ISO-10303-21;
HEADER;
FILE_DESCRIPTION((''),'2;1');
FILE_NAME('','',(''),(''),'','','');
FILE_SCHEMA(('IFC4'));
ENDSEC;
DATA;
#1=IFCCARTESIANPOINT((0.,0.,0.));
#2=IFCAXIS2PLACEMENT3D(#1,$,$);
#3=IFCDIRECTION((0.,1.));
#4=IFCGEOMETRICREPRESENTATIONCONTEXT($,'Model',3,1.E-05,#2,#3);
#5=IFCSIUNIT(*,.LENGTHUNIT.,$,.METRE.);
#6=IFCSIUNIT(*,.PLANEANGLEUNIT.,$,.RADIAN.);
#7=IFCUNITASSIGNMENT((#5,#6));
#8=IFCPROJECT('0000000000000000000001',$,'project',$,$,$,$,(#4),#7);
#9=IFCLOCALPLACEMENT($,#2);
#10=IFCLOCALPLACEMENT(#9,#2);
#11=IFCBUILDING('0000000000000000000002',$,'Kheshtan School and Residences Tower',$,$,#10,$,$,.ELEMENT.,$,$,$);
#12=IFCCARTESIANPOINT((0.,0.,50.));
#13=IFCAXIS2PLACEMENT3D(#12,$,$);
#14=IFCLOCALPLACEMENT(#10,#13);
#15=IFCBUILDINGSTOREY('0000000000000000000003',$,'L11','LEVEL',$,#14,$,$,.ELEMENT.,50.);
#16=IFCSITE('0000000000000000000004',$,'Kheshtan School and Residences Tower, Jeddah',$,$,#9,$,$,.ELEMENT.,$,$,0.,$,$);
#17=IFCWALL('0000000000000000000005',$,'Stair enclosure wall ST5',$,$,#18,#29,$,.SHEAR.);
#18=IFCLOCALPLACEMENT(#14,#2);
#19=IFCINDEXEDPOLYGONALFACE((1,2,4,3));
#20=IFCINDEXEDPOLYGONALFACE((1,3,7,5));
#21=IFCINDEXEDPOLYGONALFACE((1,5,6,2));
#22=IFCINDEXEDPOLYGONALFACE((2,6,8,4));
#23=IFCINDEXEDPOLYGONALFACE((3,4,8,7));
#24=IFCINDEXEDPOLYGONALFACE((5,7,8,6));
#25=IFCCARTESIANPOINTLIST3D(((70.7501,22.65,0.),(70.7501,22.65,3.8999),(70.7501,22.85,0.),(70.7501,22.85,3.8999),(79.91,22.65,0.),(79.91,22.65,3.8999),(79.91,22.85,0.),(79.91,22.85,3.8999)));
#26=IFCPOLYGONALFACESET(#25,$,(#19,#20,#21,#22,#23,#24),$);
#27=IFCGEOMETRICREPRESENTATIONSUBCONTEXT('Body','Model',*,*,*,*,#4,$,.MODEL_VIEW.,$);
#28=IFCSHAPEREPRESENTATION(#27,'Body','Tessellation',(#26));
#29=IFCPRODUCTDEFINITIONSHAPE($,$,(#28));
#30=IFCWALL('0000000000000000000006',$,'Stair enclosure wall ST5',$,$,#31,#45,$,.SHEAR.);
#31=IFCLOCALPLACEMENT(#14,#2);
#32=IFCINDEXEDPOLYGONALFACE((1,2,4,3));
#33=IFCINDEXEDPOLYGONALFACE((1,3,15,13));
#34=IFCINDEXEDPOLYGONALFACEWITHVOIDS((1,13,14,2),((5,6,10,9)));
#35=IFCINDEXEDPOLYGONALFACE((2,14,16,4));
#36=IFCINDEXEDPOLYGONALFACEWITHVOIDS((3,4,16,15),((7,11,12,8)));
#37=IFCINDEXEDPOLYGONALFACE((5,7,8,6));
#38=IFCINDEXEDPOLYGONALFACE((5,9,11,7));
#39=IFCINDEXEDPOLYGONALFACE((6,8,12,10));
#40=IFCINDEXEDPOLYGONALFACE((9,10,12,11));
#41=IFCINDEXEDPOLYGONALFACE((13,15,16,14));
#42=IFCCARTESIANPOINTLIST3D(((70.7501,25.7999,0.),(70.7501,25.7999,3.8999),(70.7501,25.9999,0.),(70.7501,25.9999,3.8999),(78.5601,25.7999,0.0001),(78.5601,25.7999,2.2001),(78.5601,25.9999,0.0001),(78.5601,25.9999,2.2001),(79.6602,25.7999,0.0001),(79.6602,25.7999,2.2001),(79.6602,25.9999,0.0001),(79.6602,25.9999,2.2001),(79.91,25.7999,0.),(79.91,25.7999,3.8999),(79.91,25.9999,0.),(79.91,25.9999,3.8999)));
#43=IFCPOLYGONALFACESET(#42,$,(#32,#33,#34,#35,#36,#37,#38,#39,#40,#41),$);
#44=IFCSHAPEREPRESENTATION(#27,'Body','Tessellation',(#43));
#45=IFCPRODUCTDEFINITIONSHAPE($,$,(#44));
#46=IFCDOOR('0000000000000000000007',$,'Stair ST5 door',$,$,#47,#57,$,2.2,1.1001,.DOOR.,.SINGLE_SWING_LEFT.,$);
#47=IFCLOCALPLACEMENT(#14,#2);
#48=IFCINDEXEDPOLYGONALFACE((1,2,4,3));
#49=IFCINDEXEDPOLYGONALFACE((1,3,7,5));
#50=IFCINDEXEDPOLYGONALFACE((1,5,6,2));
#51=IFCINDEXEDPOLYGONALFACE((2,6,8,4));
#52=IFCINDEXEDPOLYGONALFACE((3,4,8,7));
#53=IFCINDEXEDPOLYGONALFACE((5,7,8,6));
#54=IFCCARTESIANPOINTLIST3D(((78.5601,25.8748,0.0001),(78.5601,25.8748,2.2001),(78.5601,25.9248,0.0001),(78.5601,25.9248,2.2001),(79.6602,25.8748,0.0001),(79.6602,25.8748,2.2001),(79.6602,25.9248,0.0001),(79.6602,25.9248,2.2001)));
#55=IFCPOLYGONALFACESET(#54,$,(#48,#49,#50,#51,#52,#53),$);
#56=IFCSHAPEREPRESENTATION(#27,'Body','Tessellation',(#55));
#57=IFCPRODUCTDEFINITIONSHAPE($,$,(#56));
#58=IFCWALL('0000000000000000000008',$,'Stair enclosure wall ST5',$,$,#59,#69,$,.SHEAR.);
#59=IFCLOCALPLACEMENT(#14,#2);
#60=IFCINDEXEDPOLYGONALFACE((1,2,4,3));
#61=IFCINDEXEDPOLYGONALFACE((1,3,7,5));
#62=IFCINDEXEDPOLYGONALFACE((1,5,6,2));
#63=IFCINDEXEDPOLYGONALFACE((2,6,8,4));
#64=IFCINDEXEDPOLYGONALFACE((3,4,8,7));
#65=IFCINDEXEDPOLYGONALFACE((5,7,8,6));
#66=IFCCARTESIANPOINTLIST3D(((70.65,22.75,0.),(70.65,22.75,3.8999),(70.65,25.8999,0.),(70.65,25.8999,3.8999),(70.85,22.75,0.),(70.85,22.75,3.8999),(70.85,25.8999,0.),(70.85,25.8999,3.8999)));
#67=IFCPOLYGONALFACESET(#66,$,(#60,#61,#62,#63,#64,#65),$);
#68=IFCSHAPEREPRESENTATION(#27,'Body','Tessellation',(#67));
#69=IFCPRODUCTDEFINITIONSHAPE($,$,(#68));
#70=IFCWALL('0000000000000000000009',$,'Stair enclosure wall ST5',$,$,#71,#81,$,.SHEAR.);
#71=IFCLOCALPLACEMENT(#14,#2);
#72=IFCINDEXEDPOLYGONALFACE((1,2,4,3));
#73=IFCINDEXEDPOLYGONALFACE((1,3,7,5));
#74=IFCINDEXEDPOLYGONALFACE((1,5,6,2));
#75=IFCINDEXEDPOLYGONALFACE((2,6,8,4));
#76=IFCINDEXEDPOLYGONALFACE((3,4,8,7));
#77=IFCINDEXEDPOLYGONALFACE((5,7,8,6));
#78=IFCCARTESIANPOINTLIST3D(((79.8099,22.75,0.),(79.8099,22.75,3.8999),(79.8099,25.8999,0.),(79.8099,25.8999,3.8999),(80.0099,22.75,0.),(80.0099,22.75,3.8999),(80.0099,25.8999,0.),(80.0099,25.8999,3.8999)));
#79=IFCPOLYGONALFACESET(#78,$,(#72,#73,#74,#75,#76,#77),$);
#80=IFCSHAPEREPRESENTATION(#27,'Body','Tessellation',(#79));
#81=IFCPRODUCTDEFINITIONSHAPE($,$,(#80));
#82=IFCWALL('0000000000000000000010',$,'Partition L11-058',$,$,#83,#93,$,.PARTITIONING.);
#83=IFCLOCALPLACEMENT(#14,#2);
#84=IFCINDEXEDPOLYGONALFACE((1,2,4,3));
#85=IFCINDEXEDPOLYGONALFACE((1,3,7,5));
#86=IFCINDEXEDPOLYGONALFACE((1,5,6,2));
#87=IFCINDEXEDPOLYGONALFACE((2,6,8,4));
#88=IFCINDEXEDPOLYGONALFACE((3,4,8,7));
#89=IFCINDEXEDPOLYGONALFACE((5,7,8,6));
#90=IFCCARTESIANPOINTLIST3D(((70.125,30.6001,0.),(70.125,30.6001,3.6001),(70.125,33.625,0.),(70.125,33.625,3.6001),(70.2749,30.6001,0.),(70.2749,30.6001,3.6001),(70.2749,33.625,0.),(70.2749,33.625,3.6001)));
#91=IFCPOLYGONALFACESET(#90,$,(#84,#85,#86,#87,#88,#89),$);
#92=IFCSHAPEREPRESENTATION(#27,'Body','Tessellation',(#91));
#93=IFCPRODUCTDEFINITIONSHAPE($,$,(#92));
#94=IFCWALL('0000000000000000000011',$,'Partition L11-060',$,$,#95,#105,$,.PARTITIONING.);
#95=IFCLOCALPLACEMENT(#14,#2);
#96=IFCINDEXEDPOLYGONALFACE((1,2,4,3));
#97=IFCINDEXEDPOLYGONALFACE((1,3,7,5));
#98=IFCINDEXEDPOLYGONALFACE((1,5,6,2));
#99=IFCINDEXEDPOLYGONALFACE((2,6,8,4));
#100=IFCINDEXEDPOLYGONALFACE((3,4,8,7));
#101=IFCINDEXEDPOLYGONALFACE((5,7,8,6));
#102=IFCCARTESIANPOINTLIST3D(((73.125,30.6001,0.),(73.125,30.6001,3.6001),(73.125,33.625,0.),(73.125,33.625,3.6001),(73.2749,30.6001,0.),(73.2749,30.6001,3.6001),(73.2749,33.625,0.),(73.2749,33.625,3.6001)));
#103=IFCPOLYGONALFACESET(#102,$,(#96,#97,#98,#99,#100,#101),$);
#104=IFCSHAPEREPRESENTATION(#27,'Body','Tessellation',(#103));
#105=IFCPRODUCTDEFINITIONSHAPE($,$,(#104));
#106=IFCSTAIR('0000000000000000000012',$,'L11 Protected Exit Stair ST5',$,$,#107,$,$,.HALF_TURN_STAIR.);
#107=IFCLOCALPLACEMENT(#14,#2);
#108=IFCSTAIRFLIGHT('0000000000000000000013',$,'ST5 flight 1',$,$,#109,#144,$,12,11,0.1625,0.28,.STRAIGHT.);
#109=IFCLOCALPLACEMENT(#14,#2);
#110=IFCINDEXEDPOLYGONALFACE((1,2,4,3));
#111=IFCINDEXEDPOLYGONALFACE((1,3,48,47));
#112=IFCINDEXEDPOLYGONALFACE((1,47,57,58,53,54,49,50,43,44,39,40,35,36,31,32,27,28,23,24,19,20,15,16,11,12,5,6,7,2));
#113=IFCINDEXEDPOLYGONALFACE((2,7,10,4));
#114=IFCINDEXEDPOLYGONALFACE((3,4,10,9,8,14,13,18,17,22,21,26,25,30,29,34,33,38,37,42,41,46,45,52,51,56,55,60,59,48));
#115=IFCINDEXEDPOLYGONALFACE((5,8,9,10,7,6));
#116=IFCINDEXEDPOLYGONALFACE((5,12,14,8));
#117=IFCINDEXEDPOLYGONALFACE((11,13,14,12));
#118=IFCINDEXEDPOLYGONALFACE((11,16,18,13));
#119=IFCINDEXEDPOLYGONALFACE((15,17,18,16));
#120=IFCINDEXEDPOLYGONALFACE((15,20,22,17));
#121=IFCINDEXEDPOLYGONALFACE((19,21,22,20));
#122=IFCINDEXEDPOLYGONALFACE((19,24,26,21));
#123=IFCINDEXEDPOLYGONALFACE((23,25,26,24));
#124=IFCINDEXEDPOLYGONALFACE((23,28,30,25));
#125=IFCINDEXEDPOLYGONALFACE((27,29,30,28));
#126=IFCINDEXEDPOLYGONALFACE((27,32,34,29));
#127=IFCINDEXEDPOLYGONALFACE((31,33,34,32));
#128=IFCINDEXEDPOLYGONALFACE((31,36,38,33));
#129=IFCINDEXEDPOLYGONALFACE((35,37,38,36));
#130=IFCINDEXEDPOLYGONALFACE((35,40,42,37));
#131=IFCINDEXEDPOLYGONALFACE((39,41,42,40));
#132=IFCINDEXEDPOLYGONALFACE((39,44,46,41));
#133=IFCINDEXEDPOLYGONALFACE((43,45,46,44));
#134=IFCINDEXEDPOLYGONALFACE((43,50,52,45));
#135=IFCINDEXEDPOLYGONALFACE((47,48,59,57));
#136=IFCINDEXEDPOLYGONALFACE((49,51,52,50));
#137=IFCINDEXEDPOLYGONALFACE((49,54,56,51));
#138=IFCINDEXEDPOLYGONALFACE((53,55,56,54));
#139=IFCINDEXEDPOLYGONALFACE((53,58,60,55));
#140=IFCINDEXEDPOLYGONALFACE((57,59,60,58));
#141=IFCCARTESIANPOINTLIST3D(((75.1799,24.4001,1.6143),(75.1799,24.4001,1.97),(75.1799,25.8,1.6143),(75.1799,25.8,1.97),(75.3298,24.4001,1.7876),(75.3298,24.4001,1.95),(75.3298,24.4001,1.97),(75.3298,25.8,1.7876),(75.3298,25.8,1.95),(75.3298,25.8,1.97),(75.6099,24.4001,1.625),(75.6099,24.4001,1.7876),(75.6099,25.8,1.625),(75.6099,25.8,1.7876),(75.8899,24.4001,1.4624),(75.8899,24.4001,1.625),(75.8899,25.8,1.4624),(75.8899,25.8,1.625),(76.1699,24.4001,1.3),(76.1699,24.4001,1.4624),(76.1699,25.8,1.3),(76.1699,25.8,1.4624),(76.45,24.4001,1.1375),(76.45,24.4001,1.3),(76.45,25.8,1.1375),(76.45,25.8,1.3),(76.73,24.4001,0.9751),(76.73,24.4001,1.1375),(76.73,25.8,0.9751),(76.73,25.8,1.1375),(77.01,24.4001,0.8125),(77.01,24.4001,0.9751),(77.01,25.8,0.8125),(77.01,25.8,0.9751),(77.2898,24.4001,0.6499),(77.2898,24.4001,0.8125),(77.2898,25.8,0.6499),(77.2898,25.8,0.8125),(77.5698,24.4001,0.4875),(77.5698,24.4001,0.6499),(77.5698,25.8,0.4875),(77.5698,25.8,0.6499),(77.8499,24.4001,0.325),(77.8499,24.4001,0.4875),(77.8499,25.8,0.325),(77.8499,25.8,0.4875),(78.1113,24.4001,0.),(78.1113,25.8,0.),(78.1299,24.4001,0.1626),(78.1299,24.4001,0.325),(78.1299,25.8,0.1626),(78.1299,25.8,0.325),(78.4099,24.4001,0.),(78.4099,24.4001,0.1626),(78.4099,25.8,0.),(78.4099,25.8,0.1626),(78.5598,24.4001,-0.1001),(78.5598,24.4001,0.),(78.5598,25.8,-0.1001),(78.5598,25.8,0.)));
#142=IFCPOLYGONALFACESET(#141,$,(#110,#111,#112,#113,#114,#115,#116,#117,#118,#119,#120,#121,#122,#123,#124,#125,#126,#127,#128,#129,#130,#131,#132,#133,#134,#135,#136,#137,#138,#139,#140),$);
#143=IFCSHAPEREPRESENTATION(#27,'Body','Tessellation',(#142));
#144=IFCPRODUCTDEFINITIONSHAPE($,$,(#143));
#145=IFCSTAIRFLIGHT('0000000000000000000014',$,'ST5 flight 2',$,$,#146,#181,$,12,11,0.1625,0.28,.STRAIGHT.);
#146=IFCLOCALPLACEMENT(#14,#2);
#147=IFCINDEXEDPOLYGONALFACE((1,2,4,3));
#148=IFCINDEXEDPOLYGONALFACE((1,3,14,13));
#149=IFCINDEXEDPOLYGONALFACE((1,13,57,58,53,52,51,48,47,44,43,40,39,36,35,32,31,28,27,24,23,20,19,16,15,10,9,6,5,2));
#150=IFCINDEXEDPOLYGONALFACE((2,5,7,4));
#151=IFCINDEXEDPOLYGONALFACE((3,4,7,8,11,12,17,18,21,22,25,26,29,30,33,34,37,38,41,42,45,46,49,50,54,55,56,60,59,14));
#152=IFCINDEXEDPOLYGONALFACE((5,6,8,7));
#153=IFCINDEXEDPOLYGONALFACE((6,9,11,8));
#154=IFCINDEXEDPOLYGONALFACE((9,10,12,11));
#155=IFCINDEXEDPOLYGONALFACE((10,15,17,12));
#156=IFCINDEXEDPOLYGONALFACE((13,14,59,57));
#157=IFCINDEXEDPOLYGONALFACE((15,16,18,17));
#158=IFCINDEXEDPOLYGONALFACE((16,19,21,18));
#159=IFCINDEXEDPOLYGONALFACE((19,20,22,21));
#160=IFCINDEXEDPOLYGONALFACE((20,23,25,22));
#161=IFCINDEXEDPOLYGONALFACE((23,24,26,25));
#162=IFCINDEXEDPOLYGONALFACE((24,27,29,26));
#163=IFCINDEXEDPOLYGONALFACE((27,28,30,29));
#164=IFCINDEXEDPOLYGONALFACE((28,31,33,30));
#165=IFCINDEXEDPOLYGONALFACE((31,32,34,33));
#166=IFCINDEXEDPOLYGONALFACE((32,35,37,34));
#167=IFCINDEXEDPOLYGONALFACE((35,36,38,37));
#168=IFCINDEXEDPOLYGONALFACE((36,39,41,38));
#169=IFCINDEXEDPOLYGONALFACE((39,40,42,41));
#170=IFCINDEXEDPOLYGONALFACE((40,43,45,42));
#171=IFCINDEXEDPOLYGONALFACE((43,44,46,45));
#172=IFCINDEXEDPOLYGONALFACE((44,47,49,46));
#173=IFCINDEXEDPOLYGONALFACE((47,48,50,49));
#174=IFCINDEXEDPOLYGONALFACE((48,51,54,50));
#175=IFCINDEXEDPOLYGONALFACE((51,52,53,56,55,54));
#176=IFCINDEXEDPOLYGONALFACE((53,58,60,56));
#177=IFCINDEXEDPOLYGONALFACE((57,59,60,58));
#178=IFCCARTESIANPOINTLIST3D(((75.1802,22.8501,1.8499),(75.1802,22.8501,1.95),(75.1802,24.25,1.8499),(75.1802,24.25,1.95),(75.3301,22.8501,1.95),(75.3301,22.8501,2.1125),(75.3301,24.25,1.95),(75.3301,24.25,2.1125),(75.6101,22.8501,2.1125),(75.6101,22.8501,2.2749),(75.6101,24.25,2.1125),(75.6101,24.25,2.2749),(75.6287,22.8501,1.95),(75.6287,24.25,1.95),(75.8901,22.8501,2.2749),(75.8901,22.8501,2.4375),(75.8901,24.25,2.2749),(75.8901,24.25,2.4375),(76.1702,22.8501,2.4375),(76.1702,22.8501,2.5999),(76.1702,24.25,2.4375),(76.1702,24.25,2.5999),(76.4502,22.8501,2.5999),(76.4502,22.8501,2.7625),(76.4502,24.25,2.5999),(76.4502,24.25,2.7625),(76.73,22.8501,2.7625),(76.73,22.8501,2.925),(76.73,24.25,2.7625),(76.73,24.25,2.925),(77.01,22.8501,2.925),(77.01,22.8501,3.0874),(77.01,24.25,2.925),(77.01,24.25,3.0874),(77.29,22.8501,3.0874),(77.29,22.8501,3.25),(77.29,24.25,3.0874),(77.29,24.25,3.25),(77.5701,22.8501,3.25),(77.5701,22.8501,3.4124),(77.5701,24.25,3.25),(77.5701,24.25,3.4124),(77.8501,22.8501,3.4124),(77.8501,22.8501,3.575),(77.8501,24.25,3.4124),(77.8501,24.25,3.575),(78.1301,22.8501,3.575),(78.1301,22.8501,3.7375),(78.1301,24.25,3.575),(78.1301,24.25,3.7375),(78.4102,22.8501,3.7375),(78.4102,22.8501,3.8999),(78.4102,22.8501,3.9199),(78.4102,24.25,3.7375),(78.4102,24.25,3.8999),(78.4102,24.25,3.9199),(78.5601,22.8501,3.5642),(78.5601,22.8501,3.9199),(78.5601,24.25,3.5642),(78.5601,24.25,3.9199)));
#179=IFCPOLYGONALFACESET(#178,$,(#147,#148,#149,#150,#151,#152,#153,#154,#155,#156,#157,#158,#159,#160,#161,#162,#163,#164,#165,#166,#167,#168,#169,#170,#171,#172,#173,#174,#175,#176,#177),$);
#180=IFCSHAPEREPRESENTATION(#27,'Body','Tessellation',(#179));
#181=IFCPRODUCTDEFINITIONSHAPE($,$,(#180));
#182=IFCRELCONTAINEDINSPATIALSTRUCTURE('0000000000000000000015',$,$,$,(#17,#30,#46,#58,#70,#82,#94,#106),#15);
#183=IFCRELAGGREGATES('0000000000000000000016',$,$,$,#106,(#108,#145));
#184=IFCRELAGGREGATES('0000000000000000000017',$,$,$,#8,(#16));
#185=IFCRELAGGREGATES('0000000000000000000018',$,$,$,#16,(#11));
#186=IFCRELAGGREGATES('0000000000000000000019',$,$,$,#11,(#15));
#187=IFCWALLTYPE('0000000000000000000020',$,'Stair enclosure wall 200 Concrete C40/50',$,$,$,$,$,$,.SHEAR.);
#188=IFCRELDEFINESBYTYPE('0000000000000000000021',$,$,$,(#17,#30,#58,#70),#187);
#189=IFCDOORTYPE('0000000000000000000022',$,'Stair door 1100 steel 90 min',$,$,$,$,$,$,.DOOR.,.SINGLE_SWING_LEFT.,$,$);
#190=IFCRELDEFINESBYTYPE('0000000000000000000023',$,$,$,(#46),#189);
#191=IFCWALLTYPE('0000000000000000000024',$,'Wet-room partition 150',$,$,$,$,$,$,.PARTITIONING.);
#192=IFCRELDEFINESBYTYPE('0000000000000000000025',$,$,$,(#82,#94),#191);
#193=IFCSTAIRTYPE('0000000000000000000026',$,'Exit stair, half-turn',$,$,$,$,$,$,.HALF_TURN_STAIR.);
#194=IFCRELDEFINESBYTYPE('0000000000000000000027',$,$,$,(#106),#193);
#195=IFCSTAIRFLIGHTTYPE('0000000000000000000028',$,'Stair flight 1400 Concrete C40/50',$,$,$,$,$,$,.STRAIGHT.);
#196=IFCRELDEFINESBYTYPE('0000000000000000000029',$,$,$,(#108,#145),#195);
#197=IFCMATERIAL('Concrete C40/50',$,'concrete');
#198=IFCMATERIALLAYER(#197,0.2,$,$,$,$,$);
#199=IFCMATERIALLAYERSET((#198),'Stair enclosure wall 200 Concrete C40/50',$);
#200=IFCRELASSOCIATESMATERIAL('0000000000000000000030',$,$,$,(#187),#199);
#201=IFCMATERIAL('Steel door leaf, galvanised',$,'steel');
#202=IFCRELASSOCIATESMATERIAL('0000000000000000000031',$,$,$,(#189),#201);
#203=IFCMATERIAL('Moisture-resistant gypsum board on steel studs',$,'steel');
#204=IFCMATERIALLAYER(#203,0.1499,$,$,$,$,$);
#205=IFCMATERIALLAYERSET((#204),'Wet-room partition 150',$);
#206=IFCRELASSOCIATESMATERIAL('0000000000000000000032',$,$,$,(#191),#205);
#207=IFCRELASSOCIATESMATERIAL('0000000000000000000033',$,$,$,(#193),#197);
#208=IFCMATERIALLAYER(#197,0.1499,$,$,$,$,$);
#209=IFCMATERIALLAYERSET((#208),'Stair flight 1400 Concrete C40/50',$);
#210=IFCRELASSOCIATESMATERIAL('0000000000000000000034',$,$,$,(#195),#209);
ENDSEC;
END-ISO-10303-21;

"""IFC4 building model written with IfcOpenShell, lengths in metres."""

from ifc_helpers import new_model, si_unit, direction, frame, frame_2d, origin, place, context, subcontext, project, spatial, polyline, rectangle, outline, extrude, source, transform, mapped, material, layer, layer_set, type_object, element, fill, aggregate, save


model = new_model("IFC4")

# Units and contexts
model_context = context("Model", 3, precision=1e-05, world=origin(), true_north=direction((0.0, 1.0)))
body_context = subcontext(model_context, "Body", "Model", "MODEL_VIEW")
ifc_project = project(units=[si_unit("LENGTHUNIT", "METRE"), si_unit("PLANEANGLEUNIT", "RADIAN")], contexts=[model_context])

# Site, building, storey
site_placement = place(None, origin())
site = spatial("IfcSite", under=ifc_project, at=site_placement, Name="Kheshtan School and Residences Tower, Jeddah", CompositionType="ELEMENT", RefElevation=0.0)
building_placement = place(site_placement, origin())
building = spatial("IfcBuilding", under=site, at=building_placement, Name="Kheshtan School and Residences Tower", CompositionType="ELEMENT")
storey_placement = place(building_placement, frame((0.0, 0.0, 50.0)))
storey = spatial("IfcBuildingStorey", under=building, at=storey_placement, Name="L11", Description="LEVEL", CompositionType="ELEMENT", Elevation=50.0)

# Shared definitions
ifc_material_1 = material(Name="Steel door leaf, galvanised", Category="steel")

# Shared definitions
ifc_material_2 = material(Name="Concrete C40/50", Category="concrete")
ifc_layer_1 = layer(ifc_material_2, 0.2)
ifc_layer_set_1 = layer_set([ifc_layer_1], Name="Stair enclosure wall 200 Concrete C40/50")
wall_type_1 = type_object("IfcWallType", Name="Stair enclosure wall 200 Concrete C40/50", PredefinedType="SHEAR", material=ifc_layer_set_1)

# Shared definitions
door_type_1 = type_object("IfcDoorType", Name="Stair door 1100 steel 90 min", OperationType="SINGLE_SWING_LEFT", PredefinedType="DOOR", material=ifc_material_1)
shared_shape_1 = source(origin(), body_context, "Body", "SweptSolid", [
    extrude(rectangle(XDim=1.1001, YDim=2.2, at=frame_2d((0.55, 1.1001))), frame((0.0, 0.0249, 0.0), z_axis=(0.0, -1.0, 0.0), x_axis=(1.0, 0.0, 0.0)), (0.0, 0.0, 1.0), 0.05),
])

# Wall
wall_1_placement = place(storey_placement, frame((70.75, 22.75, 0.0), z_axis=(0.0, 0.0, 1.0), x_axis=(1.0, 0.0, 0.0)))
element("IfcWall", 1, at=wall_1_placement, inside=storey, type_object=wall_type_1, Name="Stair enclosure wall ST5", PredefinedType="SHEAR", context=body_context, shape_type="SweptSolid", body=[
    extrude(rectangle(XDim=9.1599, YDim=0.2, at=frame_2d((4.5801, 0.0))), origin(), (0.0, 0.0, 1.0), 3.8999),
])

# Wall, opening, door
wall_2_placement = place(storey_placement, frame((70.75, 25.8999, 0.0), z_axis=(0.0, 0.0, 1.0), x_axis=(1.0, 0.0, 0.0)))
wall_2 = element("IfcWall", 2, at=wall_2_placement, inside=storey, type_object=wall_type_1, Name="Stair enclosure wall ST5", PredefinedType="SHEAR", context=body_context, shape_type="SweptSolid", body=[
    extrude(rectangle(XDim=9.1599, YDim=0.2, at=frame_2d((4.5801, 0.0))), origin(), (0.0, 0.0, 1.0), 3.8999),
])
opening_1_placement = place(wall_2_placement, frame((7.8101, 0.0, 0.0)))
opening_1 = element("IfcOpeningElement", 3, at=opening_1_placement, cuts=wall_2, PredefinedType="OPENING", context=body_context, shape_type="SweptSolid", body=[
    extrude(rectangle(XDim=1.1001, YDim=2.2, at=frame_2d((0.55, 1.1001))), frame((0.0, 0.1099, 0.0), z_axis=(0.0, -1.0, 0.0), x_axis=(1.0, 0.0, 0.0)), (0.0, 0.0, 1.0), 0.22),
])
door_1_placement = place(opening_1_placement, origin())
door_1 = element("IfcDoor", 4, at=door_1_placement, inside=storey, type_object=door_type_1, Name="Stair ST5 door", OperationType="SINGLE_SWING_LEFT", OverallHeight=2.2, OverallWidth=1.1001, PredefinedType="DOOR", context=body_context, shape_type="MappedRepresentation", body=[
    mapped(shared_shape_1, transform((0.0, 0.0, 0.0), x_axis=(1.0, 0.0, 0.0), y_axis=(0.0, 1.0, 0.0), z_axis=(0.0, 0.0, 1.0), scale=1.0)),
])
fill(opening_1, door_1)

# Walls
for number, where, z_axis, x_axis, name in (
    (5, (70.75, 22.75, 0.0), (0.0, 0.0, 1.0), (0.0, 1.0, 0.0), "Stair enclosure wall ST5"),
    (6, (79.9099, 22.75, 0.0), (0.0, 0.0, 1.0), (0.0, 1.0, 0.0), "Stair enclosure wall ST5"),
):
    element("IfcWall", number, at=place(storey_placement, frame(where, z_axis=z_axis, x_axis=x_axis)), inside=storey, type_object=wall_type_1, Name=name, PredefinedType="SHEAR", context=body_context, shape_type="SweptSolid", body=[
        extrude(rectangle(XDim=3.1499, YDim=0.2, at=frame_2d((1.575, 0.0))), origin(), (0.0, 0.0, 1.0), 3.8999),
    ])
ifc_material_3 = material(Name="Moisture-resistant gypsum board on steel studs", Category="steel")
ifc_layer_2 = layer(ifc_material_3, 0.1499)
ifc_layer_set_2 = layer_set([ifc_layer_2], Name="Wet-room partition 150")
wall_type_2 = type_object("IfcWallType", Name="Wet-room partition 150", PredefinedType="PARTITIONING", material=ifc_layer_set_2)
for number, where, z_axis, x_axis, name in (
    (7, (70.2, 30.6001, 0.0), (0.0, 0.0, 1.0), (0.0, 1.0, 0.0), "Partition L11-058"),
    (8, (73.2, 30.6001, 0.0), (0.0, 0.0, 1.0), (0.0, 1.0, 0.0), "Partition L11-060"),
):
    element("IfcWall", number, at=place(storey_placement, frame(where, z_axis=z_axis, x_axis=x_axis)), inside=storey, type_object=wall_type_2, Name=name, PredefinedType="PARTITIONING", context=body_context, shape_type="SweptSolid", body=[
        extrude(rectangle(XDim=3.0249, YDim=0.1499, at=frame_2d((1.5125, 0.0))), origin(), (0.0, 0.0, 1.0), 3.6001),
    ])

# Stair, stair flights
stair_type = type_object("IfcStairType", Name="Exit stair, half-turn", PredefinedType="HALF_TURN_STAIR", material=ifc_material_2)
stair_placement = place(storey_placement, origin())
stair = element("IfcStair", 9, at=stair_placement, inside=storey, type_object=stair_type, Name="L11 Protected Exit Stair ST5", PredefinedType="HALF_TURN_STAIR")
ifc_layer_3 = layer(ifc_material_2, 0.1499)
ifc_layer_set_3 = layer_set([ifc_layer_3], Name="Stair flight 1400 Concrete C40/50")
stair_flight_type = type_object("IfcStairFlightType", Name="Stair flight 1400 Concrete C40/50", PredefinedType="STRAIGHT", material=ifc_layer_set_3)
stair_flight_1_placement = place(storey_placement, frame((78.4099, 25.1001, 0.0), z_axis=(0.0, 0.0, 1.0), x_axis=(-1.0, 0.0, 0.0)))
stair_flight_1 = element("IfcStairFlight", 10, at=stair_flight_1_placement, type_object=stair_flight_type, Name="ST5 flight 1", NumberOfRisers=12, NumberOfTreads=11, PredefinedType="STRAIGHT", RiserHeight=0.1625, TreadLength=0.28, context=body_context, shape_type="SweptSolid", body=[
    extrude(outline(polyline([(-0.1499, -0.1001), (-0.1499, 0.0), (0.0, 0.0), (0.0, 0.1626), (0.28, 0.1626), (0.28, 0.325), (0.5601, 0.325), (0.5601, 0.4875), (0.8401, 0.4875), (0.8401, 0.6499), (1.1201, 0.6499), (1.1201, 0.8125), (1.3999, 0.8125), (1.3999, 0.9751), (1.6799, 0.9751), (1.6799, 1.1375), (1.96, 1.1375), (1.96, 1.3), (2.24, 1.3), (2.24, 1.4624), (2.52, 1.4624), (2.52, 1.625), (2.8, 1.625), (2.8, 1.7876), (3.0801, 1.7876), (3.0801, 1.95), (3.0801, 1.97), (3.23, 1.97), (3.23, 1.6143), (0.2986, 0.0), (-0.1499, -0.1001)])), frame((0.0, 0.7, 0.0), z_axis=(0.0, -1.0, 0.0), x_axis=(1.0, 0.0, 0.0)), (0.0, 0.0, 1.0), 1.3999),
])
stair_flight_2_placement = place(storey_placement, frame((75.3301, 23.55, 1.95), z_axis=(0.0, 0.0, 1.0), x_axis=(1.0, 0.0, 0.0)))
stair_flight_2 = element("IfcStairFlight", 11, at=stair_flight_2_placement, type_object=stair_flight_type, Name="ST5 flight 2", NumberOfRisers=12, NumberOfTreads=11, PredefinedType="STRAIGHT", RiserHeight=0.1625, TreadLength=0.28, context=body_context, shape_type="SweptSolid", body=[
    extrude(outline(polyline([(-0.1499, -0.1001), (-0.1499, 0.0), (0.0, 0.0), (0.0, 0.1626), (0.28, 0.1626), (0.28, 0.325), (0.5601, 0.325), (0.5601, 0.4875), (0.8401, 0.4875), (0.8401, 0.6499), (1.1201, 0.6499), (1.1201, 0.8125), (1.3999, 0.8125), (1.3999, 0.9751), (1.6799, 0.9751), (1.6799, 1.1375), (1.96, 1.1375), (1.96, 1.3), (2.24, 1.3), (2.24, 1.4624), (2.52, 1.4624), (2.52, 1.625), (2.8, 1.625), (2.8, 1.7876), (3.0801, 1.7876), (3.0801, 1.95), (3.0801, 1.97), (3.23, 1.97), (3.23, 1.6143), (0.2986, 0.0), (-0.1499, -0.1001)])), frame((0.0, 0.7, 0.0), z_axis=(0.0, -1.0, 0.0), x_axis=(1.0, 0.0, 0.0)), (0.0, 0.0, 1.0), 1.3999),
])
aggregate(stair, [stair_flight_1, stair_flight_2])

save(model, "model.ifc")
